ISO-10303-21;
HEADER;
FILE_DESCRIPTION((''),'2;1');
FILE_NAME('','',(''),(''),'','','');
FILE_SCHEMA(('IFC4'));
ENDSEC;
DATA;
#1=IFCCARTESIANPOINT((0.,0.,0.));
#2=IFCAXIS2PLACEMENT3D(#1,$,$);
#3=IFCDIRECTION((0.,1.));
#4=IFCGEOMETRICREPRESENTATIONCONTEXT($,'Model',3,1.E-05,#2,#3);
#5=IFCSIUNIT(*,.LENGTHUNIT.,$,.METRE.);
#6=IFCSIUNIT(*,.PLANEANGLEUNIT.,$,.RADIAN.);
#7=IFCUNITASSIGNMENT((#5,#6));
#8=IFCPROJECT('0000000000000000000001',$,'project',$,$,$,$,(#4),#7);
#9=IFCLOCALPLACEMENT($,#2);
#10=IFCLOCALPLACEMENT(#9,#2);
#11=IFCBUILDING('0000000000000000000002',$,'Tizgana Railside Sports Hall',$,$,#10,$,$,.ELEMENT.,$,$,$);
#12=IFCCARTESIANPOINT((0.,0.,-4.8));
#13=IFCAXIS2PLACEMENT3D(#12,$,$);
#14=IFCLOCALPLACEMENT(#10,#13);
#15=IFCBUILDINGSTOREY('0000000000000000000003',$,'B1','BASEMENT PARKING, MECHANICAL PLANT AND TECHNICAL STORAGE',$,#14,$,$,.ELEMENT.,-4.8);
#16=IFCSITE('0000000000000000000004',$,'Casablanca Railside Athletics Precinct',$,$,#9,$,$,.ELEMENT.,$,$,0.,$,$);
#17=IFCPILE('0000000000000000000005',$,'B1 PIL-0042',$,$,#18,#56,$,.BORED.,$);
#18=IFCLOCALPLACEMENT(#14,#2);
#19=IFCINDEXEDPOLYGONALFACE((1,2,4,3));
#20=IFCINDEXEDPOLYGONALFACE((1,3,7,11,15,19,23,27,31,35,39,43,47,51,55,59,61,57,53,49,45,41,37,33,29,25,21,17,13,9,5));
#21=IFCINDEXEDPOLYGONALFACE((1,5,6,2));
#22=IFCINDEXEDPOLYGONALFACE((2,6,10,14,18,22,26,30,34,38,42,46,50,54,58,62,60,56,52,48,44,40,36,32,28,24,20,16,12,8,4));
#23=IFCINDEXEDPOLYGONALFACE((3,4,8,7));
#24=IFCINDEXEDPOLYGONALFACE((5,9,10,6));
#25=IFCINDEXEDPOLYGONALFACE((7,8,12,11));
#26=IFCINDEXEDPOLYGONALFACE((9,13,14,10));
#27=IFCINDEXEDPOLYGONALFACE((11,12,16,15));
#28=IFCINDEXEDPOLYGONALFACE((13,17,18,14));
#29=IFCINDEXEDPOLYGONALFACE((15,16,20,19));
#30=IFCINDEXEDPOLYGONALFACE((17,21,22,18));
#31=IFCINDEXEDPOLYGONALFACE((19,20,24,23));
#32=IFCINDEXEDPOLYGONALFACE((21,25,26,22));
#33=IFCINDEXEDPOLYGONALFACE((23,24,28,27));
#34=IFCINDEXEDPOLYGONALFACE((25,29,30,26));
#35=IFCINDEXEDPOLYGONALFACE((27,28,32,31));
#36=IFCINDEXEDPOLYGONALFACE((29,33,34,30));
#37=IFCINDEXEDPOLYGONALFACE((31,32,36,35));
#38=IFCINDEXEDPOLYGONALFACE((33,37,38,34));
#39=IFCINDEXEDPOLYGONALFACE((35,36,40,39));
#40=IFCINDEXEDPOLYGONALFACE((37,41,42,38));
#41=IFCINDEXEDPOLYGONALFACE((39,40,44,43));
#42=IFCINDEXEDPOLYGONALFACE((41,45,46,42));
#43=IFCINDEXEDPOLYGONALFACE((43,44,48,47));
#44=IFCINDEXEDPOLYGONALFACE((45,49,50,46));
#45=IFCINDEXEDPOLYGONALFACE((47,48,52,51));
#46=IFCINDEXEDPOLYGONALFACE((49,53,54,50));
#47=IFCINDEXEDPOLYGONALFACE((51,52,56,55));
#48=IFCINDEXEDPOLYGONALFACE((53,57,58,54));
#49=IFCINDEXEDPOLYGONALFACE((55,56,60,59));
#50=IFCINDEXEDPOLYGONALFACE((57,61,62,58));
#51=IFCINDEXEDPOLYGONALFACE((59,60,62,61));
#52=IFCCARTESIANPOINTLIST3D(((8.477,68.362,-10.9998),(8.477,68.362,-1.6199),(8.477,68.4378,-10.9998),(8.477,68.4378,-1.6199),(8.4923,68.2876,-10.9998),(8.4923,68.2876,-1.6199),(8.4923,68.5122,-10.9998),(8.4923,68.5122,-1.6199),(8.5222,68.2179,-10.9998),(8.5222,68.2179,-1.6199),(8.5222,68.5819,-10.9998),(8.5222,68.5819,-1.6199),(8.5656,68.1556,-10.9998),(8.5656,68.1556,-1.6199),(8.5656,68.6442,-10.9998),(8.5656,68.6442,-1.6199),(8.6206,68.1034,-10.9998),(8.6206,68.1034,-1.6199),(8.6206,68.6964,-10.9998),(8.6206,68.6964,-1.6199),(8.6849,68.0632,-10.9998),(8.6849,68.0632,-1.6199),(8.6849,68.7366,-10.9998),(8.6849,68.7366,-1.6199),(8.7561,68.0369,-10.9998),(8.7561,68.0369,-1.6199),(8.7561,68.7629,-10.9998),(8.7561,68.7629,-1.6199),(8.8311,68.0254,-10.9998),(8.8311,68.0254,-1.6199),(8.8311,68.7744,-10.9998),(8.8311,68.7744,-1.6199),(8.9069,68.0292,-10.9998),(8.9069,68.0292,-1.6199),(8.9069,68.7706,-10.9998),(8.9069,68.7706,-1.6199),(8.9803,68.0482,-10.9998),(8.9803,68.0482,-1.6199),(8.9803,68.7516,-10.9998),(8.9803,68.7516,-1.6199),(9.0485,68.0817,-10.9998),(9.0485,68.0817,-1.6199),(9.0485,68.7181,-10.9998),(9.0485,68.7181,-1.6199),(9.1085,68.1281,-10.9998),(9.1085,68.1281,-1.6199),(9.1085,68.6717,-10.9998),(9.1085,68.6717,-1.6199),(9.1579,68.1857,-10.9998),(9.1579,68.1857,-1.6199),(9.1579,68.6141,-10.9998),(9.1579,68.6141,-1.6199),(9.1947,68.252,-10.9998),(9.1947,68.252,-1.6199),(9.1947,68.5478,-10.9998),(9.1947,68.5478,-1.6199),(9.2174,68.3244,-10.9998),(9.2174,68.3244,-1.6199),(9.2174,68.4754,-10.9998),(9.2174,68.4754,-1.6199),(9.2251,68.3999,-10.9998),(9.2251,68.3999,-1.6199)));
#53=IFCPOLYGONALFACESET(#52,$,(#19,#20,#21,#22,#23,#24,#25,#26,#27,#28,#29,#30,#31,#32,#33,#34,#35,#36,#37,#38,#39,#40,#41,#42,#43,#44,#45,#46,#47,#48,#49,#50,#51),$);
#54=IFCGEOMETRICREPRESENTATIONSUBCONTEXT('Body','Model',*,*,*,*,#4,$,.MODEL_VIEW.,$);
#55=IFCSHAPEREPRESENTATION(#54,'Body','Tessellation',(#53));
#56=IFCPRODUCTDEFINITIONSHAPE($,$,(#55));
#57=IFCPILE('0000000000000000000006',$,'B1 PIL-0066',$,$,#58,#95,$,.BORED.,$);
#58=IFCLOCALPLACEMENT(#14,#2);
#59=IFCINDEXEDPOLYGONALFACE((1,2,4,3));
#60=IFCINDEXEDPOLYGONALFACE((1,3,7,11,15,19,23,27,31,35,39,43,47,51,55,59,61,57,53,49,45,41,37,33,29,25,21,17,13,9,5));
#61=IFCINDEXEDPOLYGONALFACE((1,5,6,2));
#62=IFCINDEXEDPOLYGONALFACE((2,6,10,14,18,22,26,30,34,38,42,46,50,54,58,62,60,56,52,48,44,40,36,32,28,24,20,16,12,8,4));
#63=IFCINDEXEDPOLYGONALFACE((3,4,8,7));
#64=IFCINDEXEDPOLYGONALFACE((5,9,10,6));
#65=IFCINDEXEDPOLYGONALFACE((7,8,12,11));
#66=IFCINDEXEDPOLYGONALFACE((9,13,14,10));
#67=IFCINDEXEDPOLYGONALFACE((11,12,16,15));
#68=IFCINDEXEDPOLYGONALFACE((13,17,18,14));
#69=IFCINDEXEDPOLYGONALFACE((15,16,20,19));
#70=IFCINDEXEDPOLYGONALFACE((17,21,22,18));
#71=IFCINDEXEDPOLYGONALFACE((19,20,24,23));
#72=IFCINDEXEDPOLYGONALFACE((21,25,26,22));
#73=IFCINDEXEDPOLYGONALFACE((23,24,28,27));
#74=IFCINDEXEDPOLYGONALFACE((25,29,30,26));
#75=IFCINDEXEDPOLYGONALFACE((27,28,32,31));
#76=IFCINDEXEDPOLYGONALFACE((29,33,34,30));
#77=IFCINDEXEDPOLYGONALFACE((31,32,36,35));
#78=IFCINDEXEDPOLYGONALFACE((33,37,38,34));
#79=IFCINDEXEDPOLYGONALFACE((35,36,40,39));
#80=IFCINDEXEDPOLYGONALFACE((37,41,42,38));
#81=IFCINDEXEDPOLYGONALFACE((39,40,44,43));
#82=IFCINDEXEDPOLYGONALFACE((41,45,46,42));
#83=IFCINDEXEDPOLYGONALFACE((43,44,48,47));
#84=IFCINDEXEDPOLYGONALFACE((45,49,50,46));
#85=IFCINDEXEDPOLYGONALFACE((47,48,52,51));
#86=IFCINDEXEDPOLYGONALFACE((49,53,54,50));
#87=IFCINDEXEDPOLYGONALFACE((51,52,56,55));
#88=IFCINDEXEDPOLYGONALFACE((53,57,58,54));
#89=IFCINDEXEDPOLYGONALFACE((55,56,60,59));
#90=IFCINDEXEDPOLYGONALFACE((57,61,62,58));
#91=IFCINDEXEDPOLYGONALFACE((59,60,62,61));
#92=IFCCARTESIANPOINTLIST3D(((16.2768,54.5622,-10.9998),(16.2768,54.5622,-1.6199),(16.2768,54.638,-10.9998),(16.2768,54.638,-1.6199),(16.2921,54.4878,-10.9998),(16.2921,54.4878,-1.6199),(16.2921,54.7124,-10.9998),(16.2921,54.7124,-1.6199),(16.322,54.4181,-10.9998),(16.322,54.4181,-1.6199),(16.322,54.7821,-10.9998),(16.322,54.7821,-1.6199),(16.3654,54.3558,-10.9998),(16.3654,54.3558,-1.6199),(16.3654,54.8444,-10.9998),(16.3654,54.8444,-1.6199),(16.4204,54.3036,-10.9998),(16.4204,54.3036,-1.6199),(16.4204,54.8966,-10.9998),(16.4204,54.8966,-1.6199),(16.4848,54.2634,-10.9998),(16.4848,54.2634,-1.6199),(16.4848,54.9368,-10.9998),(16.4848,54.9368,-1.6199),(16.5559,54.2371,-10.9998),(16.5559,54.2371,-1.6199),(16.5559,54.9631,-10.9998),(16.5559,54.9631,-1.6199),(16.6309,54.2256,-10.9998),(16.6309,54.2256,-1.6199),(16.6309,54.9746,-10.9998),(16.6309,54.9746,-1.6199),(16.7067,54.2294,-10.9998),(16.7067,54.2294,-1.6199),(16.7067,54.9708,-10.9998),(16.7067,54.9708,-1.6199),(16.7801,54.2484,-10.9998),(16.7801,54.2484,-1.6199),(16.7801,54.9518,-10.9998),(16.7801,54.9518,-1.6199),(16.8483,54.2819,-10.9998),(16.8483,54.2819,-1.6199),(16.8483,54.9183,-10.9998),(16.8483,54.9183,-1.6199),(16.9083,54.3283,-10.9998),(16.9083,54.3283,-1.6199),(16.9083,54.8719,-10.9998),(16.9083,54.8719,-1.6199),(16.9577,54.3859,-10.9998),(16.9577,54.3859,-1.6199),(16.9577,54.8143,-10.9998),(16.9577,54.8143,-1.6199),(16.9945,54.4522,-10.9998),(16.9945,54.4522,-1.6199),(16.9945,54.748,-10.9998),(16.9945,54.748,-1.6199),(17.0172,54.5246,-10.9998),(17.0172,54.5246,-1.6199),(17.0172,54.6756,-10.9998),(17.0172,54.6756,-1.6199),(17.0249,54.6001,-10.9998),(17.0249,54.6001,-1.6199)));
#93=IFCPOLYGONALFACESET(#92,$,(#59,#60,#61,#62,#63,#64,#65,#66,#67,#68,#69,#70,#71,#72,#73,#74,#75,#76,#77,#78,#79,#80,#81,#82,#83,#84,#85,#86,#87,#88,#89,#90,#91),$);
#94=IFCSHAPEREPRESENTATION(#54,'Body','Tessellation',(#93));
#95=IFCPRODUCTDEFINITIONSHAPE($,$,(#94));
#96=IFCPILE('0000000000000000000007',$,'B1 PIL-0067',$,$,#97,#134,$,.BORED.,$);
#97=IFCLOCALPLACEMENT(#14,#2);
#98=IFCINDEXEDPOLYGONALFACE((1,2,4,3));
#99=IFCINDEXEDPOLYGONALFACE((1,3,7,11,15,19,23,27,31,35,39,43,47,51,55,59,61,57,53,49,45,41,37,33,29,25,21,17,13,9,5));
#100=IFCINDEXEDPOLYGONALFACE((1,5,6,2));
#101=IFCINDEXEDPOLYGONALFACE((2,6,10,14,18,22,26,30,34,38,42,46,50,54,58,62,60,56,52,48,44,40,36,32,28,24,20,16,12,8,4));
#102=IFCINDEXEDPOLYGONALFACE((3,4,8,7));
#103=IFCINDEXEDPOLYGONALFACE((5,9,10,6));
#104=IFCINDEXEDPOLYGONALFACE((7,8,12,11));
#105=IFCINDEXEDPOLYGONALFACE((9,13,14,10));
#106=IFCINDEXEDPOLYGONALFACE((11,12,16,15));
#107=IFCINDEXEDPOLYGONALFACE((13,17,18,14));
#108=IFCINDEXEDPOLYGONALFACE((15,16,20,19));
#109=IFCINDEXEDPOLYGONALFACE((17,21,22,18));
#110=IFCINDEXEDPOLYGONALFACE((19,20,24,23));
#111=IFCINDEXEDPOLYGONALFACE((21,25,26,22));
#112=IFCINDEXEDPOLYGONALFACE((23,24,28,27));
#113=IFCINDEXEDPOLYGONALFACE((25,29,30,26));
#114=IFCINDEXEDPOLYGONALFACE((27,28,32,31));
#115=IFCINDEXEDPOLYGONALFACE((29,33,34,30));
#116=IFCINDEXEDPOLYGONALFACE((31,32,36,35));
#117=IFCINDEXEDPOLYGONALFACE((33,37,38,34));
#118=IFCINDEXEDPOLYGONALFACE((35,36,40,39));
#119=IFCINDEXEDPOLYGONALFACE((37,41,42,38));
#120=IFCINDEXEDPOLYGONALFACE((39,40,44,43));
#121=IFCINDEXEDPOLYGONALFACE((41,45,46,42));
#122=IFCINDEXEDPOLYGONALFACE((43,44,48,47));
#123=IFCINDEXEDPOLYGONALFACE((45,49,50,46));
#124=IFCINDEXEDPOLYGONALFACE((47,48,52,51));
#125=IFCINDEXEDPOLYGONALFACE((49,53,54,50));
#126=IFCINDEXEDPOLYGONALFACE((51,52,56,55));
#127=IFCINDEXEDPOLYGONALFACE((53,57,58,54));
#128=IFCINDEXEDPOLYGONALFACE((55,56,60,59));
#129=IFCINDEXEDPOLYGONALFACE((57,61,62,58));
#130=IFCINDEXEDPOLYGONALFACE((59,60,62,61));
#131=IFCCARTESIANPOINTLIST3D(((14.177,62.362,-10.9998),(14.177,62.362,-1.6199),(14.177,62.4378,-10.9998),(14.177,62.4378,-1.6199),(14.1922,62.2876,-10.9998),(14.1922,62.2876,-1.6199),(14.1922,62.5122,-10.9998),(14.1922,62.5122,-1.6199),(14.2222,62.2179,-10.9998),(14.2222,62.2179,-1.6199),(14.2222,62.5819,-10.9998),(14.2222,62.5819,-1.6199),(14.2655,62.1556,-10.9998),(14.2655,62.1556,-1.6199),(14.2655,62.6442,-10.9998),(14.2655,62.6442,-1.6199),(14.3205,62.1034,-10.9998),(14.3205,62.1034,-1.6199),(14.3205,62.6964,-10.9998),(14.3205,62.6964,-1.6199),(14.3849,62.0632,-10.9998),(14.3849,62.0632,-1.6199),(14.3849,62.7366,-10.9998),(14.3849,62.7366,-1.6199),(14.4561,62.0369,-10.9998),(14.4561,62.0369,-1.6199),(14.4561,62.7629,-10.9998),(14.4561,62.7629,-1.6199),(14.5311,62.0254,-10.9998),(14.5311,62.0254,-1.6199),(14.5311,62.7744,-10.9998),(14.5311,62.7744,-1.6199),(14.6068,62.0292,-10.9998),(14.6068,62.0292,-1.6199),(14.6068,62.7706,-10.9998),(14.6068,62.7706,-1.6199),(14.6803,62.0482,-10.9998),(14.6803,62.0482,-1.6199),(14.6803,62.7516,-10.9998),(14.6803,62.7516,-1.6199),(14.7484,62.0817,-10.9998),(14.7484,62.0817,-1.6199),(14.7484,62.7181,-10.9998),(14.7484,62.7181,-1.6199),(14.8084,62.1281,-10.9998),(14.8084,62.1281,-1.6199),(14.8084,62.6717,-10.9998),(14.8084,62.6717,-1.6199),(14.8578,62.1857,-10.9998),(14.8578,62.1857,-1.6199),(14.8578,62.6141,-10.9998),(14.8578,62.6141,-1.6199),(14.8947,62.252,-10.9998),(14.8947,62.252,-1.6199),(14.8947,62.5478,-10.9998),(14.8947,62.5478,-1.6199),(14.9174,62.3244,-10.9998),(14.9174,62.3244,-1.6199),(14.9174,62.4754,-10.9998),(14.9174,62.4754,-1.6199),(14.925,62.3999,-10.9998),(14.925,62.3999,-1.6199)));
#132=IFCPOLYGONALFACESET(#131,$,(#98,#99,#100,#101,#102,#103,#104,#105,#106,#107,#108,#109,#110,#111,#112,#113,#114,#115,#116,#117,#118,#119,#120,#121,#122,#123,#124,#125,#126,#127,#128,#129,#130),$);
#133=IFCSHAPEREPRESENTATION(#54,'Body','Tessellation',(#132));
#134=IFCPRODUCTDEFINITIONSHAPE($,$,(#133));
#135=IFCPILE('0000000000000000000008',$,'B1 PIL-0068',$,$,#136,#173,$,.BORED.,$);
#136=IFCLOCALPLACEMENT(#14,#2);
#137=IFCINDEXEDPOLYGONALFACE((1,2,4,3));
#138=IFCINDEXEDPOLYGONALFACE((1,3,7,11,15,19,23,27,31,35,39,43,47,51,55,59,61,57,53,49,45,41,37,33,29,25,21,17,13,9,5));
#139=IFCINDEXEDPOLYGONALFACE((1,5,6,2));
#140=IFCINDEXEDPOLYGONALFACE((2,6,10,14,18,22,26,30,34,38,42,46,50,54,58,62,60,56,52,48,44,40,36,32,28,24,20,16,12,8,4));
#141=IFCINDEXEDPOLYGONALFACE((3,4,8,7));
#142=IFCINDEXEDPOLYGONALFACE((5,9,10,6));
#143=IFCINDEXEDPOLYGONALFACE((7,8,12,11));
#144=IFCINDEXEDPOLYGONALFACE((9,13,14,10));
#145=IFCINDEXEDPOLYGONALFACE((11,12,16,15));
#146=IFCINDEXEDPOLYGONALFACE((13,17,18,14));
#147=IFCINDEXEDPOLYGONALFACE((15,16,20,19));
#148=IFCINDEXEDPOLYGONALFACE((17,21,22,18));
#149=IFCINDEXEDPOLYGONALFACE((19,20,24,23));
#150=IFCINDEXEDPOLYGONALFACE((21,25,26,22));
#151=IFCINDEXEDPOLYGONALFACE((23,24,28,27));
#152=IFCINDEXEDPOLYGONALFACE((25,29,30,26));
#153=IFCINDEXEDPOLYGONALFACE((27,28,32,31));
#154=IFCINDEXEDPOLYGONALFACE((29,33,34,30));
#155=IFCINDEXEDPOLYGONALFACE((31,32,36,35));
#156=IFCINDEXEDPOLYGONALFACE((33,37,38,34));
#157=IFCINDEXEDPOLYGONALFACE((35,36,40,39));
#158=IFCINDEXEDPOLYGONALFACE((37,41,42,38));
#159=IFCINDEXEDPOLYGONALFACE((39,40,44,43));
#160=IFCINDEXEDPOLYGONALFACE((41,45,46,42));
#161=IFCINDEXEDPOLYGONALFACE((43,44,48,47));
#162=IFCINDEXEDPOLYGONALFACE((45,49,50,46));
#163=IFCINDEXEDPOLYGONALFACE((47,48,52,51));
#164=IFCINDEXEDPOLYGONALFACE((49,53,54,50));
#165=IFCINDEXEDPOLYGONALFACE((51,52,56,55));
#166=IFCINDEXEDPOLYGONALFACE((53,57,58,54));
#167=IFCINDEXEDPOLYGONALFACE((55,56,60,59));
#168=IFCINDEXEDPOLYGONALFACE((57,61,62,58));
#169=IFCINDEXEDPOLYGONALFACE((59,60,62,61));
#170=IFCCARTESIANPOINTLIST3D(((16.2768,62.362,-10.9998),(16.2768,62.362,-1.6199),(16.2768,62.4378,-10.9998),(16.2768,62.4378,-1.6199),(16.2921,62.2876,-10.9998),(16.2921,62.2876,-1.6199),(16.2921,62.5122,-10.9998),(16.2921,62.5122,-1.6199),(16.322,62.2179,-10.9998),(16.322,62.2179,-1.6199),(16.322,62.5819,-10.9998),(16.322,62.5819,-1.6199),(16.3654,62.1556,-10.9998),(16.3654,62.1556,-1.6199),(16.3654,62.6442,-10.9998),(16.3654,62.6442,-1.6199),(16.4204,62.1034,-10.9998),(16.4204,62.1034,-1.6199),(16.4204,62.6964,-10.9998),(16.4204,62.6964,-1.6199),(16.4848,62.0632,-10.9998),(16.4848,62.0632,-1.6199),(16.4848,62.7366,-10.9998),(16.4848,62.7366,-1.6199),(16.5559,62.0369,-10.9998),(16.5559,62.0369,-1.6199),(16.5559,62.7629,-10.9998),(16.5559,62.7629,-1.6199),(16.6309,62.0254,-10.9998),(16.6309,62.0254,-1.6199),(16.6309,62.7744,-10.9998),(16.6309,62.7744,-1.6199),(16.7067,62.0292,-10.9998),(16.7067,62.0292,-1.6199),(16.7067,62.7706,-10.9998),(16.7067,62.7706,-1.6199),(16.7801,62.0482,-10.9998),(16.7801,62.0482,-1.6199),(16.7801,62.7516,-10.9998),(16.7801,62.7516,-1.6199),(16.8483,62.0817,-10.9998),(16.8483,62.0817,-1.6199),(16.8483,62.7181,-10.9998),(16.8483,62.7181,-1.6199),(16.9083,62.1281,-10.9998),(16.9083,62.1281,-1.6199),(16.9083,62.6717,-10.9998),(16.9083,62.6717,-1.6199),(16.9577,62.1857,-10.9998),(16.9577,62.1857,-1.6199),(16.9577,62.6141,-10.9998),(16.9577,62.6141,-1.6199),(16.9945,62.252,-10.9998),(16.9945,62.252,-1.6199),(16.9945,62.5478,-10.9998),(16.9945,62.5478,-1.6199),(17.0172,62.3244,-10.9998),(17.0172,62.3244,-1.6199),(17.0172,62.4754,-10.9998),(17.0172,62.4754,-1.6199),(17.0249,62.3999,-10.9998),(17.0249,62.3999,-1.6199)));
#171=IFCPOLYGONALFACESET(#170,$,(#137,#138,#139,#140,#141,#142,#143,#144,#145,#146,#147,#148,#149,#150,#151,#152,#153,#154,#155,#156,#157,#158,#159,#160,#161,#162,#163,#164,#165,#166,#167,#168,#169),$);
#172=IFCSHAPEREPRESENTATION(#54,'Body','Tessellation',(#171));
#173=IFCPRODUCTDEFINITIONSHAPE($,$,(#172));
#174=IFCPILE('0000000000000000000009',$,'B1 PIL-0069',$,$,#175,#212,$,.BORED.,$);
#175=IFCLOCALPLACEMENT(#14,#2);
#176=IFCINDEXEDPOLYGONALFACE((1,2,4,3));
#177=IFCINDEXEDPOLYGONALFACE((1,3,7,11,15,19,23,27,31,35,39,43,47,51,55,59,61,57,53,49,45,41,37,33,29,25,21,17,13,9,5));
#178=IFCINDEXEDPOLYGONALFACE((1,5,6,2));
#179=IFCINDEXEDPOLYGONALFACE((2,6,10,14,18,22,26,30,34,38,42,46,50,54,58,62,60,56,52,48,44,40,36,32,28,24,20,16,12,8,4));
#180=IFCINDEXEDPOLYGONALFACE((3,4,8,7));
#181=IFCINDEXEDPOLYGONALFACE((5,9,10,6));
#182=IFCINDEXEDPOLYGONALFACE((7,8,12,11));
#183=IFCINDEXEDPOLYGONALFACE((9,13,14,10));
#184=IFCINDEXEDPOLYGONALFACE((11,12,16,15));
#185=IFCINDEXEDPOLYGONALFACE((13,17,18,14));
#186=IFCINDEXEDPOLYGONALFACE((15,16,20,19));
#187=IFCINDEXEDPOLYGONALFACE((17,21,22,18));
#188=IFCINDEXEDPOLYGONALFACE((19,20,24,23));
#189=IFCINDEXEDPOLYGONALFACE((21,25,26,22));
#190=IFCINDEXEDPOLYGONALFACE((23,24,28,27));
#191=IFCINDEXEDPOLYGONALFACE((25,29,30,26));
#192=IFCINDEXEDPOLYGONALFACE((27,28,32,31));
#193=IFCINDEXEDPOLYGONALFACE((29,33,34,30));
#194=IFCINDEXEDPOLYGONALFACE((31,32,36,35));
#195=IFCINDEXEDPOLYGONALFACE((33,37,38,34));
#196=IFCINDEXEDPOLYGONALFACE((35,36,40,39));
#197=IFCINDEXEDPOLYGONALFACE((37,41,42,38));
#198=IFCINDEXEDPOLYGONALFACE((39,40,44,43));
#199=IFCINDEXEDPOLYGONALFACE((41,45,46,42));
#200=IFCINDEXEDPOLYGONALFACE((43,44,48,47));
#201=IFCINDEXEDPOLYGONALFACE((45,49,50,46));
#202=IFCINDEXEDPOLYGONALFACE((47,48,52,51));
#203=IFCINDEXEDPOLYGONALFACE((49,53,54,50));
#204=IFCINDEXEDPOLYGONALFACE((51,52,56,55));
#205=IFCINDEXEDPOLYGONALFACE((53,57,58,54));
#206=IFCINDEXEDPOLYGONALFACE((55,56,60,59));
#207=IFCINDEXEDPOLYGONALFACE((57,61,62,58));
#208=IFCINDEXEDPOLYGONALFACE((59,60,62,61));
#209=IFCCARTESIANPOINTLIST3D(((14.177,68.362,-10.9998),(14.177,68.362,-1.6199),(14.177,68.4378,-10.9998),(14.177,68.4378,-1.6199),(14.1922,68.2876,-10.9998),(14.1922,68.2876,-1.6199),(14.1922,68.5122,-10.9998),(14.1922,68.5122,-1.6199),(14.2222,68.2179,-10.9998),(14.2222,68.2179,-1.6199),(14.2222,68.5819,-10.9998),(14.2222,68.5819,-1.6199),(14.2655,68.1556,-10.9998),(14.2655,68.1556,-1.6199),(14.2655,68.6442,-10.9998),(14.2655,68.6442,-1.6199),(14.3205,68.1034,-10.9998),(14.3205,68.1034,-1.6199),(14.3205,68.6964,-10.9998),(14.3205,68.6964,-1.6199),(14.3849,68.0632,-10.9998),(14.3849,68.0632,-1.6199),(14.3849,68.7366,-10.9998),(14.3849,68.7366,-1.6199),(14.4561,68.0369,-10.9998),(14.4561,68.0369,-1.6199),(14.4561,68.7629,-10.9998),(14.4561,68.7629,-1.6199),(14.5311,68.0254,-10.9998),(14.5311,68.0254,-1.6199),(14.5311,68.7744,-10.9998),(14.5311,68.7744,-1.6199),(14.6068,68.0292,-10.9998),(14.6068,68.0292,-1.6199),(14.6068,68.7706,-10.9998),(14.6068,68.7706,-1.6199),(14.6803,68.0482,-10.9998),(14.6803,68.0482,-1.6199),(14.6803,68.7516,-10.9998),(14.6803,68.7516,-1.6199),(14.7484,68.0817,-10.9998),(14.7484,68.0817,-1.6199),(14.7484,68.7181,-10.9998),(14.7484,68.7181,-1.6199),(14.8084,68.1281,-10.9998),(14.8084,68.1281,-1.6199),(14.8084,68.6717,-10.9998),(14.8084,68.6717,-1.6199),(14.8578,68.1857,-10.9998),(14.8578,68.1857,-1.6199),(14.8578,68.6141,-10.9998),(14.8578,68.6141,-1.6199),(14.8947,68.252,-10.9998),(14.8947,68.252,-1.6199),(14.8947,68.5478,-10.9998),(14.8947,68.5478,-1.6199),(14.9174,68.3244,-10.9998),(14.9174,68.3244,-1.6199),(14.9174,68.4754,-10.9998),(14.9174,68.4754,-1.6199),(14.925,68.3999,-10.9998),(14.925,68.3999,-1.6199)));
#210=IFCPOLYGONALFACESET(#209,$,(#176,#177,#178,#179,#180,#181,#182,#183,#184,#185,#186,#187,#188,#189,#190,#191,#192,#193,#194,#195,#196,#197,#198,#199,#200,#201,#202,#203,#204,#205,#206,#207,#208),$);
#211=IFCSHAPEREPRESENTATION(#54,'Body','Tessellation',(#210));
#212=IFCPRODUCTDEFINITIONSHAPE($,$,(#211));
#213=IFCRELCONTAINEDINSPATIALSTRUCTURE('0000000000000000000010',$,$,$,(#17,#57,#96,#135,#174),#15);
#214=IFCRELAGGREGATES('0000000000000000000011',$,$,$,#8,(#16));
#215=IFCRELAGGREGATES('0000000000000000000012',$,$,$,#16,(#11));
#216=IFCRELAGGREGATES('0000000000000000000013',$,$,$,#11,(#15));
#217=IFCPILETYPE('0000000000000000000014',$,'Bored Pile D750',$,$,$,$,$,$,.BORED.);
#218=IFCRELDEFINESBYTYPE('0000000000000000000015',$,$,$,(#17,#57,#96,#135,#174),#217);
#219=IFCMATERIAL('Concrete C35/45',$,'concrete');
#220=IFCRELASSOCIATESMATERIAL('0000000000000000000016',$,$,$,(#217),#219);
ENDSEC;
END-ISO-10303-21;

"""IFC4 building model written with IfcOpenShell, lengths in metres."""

from ifc_helpers import new_model, si_unit, direction, frame, origin, origin_2d, place, context, subcontext, project, spatial, circle, extrude, material, material_profile, profile_set, type_object, element, save


model = new_model("IFC4")

# Units and contexts
model_context = context("Model", 3, precision=1e-05, world=origin(), true_north=direction((0.0, 1.0)))
body_context = subcontext(model_context, "Body", "Model", "MODEL_VIEW")
ifc_project = project(units=[si_unit("LENGTHUNIT", "METRE"), si_unit("PLANEANGLEUNIT", "RADIAN")], contexts=[model_context])

# Site, building, storey
site_placement = place(None, origin())
site = spatial("IfcSite", under=ifc_project, at=site_placement, Name="Casablanca Railside Athletics Precinct", CompositionType="ELEMENT", RefElevation=0.0)
building_placement = place(site_placement, origin())
building = spatial("IfcBuilding", under=site, at=building_placement, Name="Tizgana Railside Sports Hall", CompositionType="ELEMENT")
storey_placement = place(building_placement, frame((0.0, 0.0, -4.8)))
storey = spatial("IfcBuildingStorey", under=building, at=storey_placement, Name="B1", Description="BASEMENT PARKING, MECHANICAL PLANT AND TECHNICAL STORAGE", CompositionType="ELEMENT", Elevation=-4.8)

# Piles
ifc_material_1 = material(Name="Concrete C35/45", Category="concrete")
ifc_material_profile_1 = material_profile(ifc_material_1, circle(Radius=0.375, at=origin_2d()), Name="PILE D750")
ifc_profile_set_1 = profile_set([ifc_material_profile_1], Name="Concrete C35/45")
pile_type_1 = type_object("IfcPileType", Name="Bored Pile D750", PredefinedType="BORED", material=ifc_profile_set_1)
for number, where, z_axis, x_axis, name in (
    (1, (8.8501, 68.3999, -1.6199), (0.0, 0.0, -1.0), (1.0, 0.0, 0.0), "B1 PIL-0042"),
    (2, (16.6499, 54.6001, -1.6199), (0.0, 0.0, -1.0), (1.0, 0.0, 0.0), "B1 PIL-0066"),
    (3, (14.55, 62.3999, -1.6199), (0.0, 0.0, -1.0), (1.0, 0.0, 0.0), "B1 PIL-0067"),
    (4, (16.6499, 62.3999, -1.6199), (0.0, 0.0, -1.0), (1.0, 0.0, 0.0), "B1 PIL-0068"),
    (5, (14.55, 68.3999, -1.6199), (0.0, 0.0, -1.0), (1.0, 0.0, 0.0), "B1 PIL-0069"),
):
    element("IfcPile", number, at=place(storey_placement, frame(where, z_axis=z_axis, x_axis=x_axis)), inside=storey, type_object=pile_type_1, Name=name, PredefinedType="BORED", context=body_context, shape_type="SweptSolid", body=[
        extrude(circle(Radius=0.375, at=origin_2d()), origin(), (0.0, 0.0, 1.0), 9.3799),
    ])

save(model, "model.ifc")
